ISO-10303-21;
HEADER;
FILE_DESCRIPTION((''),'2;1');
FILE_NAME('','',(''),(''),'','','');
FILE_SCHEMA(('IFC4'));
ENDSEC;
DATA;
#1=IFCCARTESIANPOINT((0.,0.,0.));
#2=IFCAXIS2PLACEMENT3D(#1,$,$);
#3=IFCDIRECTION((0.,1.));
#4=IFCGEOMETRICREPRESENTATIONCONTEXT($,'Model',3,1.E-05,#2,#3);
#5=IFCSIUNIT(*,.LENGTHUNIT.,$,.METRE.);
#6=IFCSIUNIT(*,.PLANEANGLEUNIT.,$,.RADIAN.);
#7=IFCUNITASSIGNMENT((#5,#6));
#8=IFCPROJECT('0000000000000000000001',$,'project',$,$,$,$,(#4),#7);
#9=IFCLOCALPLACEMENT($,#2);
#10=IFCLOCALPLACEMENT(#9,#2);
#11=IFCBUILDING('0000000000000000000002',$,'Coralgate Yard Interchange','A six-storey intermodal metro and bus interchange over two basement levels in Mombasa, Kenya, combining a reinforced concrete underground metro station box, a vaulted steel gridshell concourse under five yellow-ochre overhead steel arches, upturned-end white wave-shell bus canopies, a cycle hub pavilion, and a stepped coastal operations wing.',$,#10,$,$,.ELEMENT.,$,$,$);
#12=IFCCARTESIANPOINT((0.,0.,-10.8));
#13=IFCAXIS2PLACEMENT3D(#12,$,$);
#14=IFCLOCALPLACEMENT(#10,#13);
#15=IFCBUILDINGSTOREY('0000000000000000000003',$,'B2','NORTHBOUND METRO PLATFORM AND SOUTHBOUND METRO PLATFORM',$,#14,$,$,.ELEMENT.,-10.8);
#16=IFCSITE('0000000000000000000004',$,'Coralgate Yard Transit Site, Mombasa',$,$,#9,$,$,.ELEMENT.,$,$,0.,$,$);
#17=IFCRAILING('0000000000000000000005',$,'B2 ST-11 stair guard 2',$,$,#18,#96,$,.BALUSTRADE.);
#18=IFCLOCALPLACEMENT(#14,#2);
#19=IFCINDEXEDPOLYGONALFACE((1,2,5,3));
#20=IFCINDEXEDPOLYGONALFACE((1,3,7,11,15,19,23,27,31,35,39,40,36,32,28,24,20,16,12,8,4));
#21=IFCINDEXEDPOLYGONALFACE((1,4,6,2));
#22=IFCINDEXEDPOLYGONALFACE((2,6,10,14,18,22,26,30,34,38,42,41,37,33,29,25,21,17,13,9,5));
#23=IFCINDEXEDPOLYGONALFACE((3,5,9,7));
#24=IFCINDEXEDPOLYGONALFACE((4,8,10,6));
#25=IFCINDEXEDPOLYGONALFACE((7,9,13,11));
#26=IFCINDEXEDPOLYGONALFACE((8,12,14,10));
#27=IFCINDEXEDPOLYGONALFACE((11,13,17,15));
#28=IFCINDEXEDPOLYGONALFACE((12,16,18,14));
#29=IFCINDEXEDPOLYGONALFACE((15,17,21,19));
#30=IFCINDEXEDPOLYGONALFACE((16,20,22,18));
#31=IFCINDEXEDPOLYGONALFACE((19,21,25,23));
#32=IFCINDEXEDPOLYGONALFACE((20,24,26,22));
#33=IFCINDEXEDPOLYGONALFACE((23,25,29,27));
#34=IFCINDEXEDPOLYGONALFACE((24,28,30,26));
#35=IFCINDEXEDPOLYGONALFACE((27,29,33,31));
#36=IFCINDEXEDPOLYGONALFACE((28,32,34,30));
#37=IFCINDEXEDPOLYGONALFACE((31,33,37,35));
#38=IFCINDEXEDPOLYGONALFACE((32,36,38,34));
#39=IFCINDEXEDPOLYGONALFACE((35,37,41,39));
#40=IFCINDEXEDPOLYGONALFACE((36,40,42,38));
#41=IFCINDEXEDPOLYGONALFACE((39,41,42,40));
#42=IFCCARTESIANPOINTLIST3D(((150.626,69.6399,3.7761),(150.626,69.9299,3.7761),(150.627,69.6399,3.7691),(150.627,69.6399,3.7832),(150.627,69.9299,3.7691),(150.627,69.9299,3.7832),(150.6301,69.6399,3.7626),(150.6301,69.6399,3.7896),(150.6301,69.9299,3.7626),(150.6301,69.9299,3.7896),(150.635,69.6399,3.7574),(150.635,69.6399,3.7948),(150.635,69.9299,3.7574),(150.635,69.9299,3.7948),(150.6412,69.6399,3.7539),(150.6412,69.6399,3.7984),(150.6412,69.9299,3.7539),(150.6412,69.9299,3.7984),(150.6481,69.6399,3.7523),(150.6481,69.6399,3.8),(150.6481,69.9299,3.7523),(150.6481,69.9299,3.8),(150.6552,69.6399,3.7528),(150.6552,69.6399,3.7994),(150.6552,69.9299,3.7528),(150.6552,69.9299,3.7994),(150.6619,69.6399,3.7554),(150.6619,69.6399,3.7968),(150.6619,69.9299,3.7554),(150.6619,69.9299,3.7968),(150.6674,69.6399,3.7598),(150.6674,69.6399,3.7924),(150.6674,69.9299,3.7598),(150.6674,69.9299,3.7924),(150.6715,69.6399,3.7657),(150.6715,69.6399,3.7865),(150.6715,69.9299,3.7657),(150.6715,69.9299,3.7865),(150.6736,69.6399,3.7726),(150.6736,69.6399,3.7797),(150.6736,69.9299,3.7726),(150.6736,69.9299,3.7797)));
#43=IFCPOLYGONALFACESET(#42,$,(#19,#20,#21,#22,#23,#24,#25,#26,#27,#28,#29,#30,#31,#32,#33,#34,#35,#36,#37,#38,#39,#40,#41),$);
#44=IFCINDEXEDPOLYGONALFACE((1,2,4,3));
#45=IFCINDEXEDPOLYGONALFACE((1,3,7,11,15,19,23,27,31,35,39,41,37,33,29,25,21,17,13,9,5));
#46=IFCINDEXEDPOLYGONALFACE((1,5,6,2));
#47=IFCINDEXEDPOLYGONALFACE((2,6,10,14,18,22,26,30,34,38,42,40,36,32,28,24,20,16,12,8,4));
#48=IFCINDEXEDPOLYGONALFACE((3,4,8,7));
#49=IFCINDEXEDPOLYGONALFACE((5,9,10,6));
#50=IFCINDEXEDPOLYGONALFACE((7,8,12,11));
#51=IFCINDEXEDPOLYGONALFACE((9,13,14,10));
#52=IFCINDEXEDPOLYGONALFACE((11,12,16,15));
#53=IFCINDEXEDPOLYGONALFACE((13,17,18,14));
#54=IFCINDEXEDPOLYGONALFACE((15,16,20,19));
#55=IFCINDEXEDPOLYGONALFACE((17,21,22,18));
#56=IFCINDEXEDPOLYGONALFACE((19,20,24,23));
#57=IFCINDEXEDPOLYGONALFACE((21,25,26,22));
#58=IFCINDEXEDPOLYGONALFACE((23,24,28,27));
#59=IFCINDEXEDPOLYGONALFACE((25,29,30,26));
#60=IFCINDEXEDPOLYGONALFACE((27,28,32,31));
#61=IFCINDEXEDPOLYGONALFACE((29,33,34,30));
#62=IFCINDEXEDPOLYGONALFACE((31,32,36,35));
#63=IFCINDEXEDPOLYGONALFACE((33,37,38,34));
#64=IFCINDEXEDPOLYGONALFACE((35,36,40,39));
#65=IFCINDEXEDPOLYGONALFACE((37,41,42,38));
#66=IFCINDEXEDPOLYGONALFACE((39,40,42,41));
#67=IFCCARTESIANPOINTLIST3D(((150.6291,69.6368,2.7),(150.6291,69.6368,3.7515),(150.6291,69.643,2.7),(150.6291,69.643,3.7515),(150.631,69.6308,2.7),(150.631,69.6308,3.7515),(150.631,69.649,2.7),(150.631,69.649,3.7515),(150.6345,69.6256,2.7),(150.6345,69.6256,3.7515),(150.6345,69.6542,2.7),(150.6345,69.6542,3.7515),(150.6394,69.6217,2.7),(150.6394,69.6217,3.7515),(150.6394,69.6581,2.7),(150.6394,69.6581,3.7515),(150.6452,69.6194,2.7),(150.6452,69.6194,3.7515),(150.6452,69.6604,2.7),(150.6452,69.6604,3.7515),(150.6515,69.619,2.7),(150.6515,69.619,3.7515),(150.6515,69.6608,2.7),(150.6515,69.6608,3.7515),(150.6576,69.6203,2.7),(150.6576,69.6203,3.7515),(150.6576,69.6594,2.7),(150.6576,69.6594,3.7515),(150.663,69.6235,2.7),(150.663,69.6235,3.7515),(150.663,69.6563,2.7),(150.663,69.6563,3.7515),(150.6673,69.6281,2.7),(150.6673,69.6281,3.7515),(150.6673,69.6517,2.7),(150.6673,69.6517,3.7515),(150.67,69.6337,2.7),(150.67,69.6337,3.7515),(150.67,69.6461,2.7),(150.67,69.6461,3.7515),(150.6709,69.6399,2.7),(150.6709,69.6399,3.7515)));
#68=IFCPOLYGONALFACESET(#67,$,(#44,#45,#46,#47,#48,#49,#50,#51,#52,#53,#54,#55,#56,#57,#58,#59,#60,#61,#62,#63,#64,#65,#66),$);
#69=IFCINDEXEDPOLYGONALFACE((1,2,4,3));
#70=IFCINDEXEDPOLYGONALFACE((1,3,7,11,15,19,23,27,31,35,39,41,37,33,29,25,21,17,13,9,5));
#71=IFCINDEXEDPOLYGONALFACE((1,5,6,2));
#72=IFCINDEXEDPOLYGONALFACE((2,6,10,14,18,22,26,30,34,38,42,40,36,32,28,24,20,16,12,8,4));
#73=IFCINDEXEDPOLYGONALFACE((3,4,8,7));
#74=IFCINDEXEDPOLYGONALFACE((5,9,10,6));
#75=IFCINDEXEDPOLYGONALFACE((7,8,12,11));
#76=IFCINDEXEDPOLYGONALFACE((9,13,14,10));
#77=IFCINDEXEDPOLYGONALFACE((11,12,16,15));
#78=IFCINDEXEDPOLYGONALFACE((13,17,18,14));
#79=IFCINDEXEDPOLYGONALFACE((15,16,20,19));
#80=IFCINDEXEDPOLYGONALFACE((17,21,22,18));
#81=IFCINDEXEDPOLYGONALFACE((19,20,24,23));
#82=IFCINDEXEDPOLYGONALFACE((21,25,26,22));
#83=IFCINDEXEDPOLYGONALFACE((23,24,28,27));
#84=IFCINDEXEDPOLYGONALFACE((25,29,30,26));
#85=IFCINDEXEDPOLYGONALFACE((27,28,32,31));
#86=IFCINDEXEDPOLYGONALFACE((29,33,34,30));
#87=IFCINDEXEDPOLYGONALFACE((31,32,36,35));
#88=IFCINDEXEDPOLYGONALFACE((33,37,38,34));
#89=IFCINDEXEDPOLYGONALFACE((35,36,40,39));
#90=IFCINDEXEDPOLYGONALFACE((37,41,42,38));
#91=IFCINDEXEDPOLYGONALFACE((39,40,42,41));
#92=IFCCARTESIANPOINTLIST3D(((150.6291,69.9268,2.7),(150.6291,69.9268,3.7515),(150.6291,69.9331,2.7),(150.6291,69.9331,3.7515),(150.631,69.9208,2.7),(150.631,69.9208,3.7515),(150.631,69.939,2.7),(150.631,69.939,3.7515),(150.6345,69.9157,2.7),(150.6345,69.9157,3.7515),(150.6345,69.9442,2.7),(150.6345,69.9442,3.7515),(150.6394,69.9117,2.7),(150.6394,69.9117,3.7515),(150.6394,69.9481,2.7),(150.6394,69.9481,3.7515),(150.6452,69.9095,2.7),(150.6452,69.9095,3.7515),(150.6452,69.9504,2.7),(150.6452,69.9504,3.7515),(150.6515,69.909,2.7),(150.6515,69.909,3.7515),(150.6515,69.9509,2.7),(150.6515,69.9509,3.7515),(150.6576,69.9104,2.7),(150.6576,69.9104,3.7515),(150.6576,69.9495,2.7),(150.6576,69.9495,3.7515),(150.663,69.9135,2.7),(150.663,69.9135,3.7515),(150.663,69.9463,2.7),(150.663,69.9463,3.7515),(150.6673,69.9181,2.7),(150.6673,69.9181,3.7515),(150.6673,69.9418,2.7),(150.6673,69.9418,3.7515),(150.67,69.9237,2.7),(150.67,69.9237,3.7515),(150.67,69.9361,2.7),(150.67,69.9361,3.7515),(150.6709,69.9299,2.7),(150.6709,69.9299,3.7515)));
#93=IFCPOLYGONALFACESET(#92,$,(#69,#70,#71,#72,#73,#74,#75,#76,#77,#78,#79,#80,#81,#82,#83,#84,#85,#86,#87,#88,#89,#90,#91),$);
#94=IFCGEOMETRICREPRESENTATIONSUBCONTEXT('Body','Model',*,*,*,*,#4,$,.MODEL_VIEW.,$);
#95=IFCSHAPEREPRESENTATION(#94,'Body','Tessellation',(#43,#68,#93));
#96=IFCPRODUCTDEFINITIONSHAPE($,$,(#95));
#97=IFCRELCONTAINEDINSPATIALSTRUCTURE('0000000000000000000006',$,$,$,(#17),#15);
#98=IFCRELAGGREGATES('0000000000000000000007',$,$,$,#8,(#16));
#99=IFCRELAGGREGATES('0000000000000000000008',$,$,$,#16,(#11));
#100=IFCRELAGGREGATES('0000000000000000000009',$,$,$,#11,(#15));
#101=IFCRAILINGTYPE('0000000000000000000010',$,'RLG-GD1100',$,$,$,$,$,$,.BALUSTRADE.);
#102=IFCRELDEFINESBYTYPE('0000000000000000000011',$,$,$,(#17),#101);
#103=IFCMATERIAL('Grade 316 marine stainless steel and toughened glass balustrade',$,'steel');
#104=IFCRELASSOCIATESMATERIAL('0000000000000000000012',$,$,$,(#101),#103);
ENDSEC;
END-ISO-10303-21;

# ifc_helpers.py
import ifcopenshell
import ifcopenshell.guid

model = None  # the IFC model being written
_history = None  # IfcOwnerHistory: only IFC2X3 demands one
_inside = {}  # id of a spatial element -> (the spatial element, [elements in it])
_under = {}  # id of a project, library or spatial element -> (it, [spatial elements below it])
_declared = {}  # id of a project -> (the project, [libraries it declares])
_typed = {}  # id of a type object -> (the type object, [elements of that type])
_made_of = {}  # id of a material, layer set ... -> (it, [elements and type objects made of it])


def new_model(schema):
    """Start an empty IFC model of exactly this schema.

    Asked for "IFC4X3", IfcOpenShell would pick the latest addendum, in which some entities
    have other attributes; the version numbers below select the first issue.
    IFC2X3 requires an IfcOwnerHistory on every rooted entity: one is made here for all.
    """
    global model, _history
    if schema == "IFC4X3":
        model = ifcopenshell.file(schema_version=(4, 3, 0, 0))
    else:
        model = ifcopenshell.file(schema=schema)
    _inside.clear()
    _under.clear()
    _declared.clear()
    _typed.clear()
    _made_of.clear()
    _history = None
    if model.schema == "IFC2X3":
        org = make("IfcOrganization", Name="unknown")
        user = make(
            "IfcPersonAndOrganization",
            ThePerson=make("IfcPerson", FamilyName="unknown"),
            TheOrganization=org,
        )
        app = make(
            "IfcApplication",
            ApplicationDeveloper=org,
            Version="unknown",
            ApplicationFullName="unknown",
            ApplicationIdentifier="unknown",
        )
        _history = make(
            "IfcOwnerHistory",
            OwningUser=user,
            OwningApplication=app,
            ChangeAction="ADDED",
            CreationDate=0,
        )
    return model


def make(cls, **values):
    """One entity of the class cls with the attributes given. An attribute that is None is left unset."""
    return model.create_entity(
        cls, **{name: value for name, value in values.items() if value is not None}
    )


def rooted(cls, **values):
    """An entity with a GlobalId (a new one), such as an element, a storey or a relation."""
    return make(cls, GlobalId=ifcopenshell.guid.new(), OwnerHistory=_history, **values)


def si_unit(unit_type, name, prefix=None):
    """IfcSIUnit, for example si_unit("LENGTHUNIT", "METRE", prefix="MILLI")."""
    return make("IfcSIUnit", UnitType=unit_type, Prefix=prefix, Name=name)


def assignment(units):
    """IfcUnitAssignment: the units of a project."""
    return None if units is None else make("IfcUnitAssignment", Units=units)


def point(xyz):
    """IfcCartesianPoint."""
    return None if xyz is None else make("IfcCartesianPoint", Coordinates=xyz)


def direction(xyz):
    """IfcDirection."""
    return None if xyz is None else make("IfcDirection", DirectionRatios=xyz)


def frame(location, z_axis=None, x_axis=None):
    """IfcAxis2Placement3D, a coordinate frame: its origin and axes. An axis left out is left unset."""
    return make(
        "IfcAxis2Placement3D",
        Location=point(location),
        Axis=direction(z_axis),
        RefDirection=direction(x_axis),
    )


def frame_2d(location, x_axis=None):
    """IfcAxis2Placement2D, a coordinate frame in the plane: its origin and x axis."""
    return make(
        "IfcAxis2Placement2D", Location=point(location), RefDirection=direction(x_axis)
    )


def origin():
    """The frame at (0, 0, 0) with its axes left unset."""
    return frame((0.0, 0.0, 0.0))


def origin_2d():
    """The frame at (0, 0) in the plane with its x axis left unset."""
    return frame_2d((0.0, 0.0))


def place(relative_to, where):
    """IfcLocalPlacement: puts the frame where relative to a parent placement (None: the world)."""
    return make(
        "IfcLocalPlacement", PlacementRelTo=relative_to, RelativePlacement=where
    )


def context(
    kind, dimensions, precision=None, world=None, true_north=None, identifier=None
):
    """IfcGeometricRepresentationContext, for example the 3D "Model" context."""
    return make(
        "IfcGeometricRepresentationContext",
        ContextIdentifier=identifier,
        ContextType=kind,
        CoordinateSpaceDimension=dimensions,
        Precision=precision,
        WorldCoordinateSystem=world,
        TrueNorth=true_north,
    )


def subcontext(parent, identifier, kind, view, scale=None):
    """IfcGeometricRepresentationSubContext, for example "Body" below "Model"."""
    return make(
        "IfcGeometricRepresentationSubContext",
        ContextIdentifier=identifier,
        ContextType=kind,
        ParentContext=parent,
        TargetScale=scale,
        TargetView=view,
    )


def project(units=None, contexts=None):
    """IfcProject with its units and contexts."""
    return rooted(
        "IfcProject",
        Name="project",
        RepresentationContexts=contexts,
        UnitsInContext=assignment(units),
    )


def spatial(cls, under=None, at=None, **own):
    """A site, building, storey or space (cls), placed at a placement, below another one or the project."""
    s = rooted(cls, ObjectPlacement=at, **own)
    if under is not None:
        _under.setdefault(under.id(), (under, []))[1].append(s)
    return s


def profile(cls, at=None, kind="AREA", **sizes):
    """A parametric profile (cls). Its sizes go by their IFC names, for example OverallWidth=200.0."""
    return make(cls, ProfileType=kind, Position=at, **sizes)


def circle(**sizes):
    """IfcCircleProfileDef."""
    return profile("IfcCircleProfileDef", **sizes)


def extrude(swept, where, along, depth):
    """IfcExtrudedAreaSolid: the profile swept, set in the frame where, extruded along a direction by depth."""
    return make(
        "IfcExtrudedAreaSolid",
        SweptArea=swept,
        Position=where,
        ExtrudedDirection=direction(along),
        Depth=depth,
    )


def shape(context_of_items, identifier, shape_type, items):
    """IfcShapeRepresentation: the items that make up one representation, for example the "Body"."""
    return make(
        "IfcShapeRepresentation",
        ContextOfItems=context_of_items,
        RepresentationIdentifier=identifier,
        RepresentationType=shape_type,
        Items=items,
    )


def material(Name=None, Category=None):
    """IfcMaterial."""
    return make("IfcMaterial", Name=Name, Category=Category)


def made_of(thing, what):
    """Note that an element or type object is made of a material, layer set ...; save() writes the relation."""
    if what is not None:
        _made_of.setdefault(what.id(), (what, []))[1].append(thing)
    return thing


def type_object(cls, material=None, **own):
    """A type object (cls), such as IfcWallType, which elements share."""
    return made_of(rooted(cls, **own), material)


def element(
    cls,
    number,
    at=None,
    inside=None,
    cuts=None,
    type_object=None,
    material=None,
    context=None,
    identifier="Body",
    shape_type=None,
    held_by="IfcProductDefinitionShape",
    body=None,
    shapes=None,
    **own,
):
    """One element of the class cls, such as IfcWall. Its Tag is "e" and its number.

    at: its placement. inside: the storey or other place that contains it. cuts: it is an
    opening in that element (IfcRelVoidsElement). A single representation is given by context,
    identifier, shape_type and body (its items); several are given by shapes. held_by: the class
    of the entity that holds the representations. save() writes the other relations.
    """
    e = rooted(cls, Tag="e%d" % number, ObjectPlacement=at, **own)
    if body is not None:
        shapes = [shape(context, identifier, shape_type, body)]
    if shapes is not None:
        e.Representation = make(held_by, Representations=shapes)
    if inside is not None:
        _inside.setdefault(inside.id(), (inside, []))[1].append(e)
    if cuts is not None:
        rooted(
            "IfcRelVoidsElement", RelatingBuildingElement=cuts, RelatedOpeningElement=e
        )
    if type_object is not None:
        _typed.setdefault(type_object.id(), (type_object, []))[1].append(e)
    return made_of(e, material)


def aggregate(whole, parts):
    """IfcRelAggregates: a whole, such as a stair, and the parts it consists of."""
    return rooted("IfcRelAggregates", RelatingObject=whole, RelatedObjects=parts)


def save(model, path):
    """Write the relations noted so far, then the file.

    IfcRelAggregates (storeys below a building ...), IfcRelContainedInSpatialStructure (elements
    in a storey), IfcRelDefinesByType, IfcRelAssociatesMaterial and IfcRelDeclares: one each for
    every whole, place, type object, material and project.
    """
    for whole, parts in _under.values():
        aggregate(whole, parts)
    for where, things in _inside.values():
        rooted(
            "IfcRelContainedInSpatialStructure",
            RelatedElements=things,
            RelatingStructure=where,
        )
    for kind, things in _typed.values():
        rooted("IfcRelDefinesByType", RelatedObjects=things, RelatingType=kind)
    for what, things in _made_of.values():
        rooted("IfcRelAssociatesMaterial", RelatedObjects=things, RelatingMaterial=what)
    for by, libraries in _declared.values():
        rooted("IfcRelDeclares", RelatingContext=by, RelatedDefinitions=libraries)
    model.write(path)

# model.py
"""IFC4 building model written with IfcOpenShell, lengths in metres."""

from ifc_helpers import new_model, si_unit, direction, frame, origin, origin_2d, place, context, subcontext, project, spatial, circle, extrude, material, type_object, element, save


model = new_model("IFC4")

# Units and contexts
model_context = context("Model", 3, precision=1e-05, world=origin(), true_north=direction((0.0, 1.0)))
body_context = subcontext(model_context, "Body", "Model", "MODEL_VIEW")
ifc_project = project(units=[si_unit("LENGTHUNIT", "METRE"), si_unit("PLANEANGLEUNIT", "RADIAN")], contexts=[model_context])

# Site, building, storey
site_placement = place(None, origin())
site = spatial("IfcSite", under=ifc_project, at=site_placement, Name="Coralgate Yard Transit Site, Mombasa", CompositionType="ELEMENT", RefElevation=0.0)
building_placement = place(site_placement, origin())
building = spatial("IfcBuilding", under=site, at=building_placement, Name="Coralgate Yard Interchange", Description="A six-storey intermodal metro and bus interchange over two basement levels in Mombasa, Kenya, combining a reinforced concrete underground metro station box, a vaulted steel gridshell concourse under five yellow-ochre overhead steel arches, upturned-end white wave-shell bus canopies, a cycle hub pavilion, and a stepped coastal operations wing.", CompositionType="ELEMENT")
storey_placement = place(building_placement, frame((0.0, 0.0, -10.8)))
storey = spatial("IfcBuildingStorey", under=building, at=storey_placement, Name="B2", Description="NORTHBOUND METRO PLATFORM AND SOUTHBOUND METRO PLATFORM", CompositionType="ELEMENT", Elevation=-10.8)

# Railing
ifc_material_1 = material(Name="Grade 316 marine stainless steel and toughened glass balustrade", Category="steel")
railing_type_1 = type_object("IfcRailingType", Name="RLG-GD1100", PredefinedType="BALUSTRADE", material=ifc_material_1)
railing_1_placement = place(storey_placement, frame((150.6499, 69.6399, 2.7)))
element("IfcRailing", 1, at=railing_1_placement, inside=storey, type_object=railing_type_1, Name="B2 ST-11 stair guard 2", PredefinedType="BALUSTRADE", context=body_context, shape_type="SweptSolid", body=[
    extrude(circle(Radius=0.0239, at=origin_2d()), frame((0.0, 0.0, 1.0762), z_axis=(0.0, 1.0, 0.0), x_axis=(-1.0, 0.0, 0.0)), (0.0, 0.0, 1.0), 0.29),
    extrude(circle(Radius=0.021, at=origin_2d()), origin(), (0.0, 0.0, 1.0), 1.0515),
    extrude(circle(Radius=0.021, at=origin_2d()), frame((0.0, 0.29, 0.0)), (0.0, 0.0, 1.0), 1.0515),
])

save(model, "model.ifc")
